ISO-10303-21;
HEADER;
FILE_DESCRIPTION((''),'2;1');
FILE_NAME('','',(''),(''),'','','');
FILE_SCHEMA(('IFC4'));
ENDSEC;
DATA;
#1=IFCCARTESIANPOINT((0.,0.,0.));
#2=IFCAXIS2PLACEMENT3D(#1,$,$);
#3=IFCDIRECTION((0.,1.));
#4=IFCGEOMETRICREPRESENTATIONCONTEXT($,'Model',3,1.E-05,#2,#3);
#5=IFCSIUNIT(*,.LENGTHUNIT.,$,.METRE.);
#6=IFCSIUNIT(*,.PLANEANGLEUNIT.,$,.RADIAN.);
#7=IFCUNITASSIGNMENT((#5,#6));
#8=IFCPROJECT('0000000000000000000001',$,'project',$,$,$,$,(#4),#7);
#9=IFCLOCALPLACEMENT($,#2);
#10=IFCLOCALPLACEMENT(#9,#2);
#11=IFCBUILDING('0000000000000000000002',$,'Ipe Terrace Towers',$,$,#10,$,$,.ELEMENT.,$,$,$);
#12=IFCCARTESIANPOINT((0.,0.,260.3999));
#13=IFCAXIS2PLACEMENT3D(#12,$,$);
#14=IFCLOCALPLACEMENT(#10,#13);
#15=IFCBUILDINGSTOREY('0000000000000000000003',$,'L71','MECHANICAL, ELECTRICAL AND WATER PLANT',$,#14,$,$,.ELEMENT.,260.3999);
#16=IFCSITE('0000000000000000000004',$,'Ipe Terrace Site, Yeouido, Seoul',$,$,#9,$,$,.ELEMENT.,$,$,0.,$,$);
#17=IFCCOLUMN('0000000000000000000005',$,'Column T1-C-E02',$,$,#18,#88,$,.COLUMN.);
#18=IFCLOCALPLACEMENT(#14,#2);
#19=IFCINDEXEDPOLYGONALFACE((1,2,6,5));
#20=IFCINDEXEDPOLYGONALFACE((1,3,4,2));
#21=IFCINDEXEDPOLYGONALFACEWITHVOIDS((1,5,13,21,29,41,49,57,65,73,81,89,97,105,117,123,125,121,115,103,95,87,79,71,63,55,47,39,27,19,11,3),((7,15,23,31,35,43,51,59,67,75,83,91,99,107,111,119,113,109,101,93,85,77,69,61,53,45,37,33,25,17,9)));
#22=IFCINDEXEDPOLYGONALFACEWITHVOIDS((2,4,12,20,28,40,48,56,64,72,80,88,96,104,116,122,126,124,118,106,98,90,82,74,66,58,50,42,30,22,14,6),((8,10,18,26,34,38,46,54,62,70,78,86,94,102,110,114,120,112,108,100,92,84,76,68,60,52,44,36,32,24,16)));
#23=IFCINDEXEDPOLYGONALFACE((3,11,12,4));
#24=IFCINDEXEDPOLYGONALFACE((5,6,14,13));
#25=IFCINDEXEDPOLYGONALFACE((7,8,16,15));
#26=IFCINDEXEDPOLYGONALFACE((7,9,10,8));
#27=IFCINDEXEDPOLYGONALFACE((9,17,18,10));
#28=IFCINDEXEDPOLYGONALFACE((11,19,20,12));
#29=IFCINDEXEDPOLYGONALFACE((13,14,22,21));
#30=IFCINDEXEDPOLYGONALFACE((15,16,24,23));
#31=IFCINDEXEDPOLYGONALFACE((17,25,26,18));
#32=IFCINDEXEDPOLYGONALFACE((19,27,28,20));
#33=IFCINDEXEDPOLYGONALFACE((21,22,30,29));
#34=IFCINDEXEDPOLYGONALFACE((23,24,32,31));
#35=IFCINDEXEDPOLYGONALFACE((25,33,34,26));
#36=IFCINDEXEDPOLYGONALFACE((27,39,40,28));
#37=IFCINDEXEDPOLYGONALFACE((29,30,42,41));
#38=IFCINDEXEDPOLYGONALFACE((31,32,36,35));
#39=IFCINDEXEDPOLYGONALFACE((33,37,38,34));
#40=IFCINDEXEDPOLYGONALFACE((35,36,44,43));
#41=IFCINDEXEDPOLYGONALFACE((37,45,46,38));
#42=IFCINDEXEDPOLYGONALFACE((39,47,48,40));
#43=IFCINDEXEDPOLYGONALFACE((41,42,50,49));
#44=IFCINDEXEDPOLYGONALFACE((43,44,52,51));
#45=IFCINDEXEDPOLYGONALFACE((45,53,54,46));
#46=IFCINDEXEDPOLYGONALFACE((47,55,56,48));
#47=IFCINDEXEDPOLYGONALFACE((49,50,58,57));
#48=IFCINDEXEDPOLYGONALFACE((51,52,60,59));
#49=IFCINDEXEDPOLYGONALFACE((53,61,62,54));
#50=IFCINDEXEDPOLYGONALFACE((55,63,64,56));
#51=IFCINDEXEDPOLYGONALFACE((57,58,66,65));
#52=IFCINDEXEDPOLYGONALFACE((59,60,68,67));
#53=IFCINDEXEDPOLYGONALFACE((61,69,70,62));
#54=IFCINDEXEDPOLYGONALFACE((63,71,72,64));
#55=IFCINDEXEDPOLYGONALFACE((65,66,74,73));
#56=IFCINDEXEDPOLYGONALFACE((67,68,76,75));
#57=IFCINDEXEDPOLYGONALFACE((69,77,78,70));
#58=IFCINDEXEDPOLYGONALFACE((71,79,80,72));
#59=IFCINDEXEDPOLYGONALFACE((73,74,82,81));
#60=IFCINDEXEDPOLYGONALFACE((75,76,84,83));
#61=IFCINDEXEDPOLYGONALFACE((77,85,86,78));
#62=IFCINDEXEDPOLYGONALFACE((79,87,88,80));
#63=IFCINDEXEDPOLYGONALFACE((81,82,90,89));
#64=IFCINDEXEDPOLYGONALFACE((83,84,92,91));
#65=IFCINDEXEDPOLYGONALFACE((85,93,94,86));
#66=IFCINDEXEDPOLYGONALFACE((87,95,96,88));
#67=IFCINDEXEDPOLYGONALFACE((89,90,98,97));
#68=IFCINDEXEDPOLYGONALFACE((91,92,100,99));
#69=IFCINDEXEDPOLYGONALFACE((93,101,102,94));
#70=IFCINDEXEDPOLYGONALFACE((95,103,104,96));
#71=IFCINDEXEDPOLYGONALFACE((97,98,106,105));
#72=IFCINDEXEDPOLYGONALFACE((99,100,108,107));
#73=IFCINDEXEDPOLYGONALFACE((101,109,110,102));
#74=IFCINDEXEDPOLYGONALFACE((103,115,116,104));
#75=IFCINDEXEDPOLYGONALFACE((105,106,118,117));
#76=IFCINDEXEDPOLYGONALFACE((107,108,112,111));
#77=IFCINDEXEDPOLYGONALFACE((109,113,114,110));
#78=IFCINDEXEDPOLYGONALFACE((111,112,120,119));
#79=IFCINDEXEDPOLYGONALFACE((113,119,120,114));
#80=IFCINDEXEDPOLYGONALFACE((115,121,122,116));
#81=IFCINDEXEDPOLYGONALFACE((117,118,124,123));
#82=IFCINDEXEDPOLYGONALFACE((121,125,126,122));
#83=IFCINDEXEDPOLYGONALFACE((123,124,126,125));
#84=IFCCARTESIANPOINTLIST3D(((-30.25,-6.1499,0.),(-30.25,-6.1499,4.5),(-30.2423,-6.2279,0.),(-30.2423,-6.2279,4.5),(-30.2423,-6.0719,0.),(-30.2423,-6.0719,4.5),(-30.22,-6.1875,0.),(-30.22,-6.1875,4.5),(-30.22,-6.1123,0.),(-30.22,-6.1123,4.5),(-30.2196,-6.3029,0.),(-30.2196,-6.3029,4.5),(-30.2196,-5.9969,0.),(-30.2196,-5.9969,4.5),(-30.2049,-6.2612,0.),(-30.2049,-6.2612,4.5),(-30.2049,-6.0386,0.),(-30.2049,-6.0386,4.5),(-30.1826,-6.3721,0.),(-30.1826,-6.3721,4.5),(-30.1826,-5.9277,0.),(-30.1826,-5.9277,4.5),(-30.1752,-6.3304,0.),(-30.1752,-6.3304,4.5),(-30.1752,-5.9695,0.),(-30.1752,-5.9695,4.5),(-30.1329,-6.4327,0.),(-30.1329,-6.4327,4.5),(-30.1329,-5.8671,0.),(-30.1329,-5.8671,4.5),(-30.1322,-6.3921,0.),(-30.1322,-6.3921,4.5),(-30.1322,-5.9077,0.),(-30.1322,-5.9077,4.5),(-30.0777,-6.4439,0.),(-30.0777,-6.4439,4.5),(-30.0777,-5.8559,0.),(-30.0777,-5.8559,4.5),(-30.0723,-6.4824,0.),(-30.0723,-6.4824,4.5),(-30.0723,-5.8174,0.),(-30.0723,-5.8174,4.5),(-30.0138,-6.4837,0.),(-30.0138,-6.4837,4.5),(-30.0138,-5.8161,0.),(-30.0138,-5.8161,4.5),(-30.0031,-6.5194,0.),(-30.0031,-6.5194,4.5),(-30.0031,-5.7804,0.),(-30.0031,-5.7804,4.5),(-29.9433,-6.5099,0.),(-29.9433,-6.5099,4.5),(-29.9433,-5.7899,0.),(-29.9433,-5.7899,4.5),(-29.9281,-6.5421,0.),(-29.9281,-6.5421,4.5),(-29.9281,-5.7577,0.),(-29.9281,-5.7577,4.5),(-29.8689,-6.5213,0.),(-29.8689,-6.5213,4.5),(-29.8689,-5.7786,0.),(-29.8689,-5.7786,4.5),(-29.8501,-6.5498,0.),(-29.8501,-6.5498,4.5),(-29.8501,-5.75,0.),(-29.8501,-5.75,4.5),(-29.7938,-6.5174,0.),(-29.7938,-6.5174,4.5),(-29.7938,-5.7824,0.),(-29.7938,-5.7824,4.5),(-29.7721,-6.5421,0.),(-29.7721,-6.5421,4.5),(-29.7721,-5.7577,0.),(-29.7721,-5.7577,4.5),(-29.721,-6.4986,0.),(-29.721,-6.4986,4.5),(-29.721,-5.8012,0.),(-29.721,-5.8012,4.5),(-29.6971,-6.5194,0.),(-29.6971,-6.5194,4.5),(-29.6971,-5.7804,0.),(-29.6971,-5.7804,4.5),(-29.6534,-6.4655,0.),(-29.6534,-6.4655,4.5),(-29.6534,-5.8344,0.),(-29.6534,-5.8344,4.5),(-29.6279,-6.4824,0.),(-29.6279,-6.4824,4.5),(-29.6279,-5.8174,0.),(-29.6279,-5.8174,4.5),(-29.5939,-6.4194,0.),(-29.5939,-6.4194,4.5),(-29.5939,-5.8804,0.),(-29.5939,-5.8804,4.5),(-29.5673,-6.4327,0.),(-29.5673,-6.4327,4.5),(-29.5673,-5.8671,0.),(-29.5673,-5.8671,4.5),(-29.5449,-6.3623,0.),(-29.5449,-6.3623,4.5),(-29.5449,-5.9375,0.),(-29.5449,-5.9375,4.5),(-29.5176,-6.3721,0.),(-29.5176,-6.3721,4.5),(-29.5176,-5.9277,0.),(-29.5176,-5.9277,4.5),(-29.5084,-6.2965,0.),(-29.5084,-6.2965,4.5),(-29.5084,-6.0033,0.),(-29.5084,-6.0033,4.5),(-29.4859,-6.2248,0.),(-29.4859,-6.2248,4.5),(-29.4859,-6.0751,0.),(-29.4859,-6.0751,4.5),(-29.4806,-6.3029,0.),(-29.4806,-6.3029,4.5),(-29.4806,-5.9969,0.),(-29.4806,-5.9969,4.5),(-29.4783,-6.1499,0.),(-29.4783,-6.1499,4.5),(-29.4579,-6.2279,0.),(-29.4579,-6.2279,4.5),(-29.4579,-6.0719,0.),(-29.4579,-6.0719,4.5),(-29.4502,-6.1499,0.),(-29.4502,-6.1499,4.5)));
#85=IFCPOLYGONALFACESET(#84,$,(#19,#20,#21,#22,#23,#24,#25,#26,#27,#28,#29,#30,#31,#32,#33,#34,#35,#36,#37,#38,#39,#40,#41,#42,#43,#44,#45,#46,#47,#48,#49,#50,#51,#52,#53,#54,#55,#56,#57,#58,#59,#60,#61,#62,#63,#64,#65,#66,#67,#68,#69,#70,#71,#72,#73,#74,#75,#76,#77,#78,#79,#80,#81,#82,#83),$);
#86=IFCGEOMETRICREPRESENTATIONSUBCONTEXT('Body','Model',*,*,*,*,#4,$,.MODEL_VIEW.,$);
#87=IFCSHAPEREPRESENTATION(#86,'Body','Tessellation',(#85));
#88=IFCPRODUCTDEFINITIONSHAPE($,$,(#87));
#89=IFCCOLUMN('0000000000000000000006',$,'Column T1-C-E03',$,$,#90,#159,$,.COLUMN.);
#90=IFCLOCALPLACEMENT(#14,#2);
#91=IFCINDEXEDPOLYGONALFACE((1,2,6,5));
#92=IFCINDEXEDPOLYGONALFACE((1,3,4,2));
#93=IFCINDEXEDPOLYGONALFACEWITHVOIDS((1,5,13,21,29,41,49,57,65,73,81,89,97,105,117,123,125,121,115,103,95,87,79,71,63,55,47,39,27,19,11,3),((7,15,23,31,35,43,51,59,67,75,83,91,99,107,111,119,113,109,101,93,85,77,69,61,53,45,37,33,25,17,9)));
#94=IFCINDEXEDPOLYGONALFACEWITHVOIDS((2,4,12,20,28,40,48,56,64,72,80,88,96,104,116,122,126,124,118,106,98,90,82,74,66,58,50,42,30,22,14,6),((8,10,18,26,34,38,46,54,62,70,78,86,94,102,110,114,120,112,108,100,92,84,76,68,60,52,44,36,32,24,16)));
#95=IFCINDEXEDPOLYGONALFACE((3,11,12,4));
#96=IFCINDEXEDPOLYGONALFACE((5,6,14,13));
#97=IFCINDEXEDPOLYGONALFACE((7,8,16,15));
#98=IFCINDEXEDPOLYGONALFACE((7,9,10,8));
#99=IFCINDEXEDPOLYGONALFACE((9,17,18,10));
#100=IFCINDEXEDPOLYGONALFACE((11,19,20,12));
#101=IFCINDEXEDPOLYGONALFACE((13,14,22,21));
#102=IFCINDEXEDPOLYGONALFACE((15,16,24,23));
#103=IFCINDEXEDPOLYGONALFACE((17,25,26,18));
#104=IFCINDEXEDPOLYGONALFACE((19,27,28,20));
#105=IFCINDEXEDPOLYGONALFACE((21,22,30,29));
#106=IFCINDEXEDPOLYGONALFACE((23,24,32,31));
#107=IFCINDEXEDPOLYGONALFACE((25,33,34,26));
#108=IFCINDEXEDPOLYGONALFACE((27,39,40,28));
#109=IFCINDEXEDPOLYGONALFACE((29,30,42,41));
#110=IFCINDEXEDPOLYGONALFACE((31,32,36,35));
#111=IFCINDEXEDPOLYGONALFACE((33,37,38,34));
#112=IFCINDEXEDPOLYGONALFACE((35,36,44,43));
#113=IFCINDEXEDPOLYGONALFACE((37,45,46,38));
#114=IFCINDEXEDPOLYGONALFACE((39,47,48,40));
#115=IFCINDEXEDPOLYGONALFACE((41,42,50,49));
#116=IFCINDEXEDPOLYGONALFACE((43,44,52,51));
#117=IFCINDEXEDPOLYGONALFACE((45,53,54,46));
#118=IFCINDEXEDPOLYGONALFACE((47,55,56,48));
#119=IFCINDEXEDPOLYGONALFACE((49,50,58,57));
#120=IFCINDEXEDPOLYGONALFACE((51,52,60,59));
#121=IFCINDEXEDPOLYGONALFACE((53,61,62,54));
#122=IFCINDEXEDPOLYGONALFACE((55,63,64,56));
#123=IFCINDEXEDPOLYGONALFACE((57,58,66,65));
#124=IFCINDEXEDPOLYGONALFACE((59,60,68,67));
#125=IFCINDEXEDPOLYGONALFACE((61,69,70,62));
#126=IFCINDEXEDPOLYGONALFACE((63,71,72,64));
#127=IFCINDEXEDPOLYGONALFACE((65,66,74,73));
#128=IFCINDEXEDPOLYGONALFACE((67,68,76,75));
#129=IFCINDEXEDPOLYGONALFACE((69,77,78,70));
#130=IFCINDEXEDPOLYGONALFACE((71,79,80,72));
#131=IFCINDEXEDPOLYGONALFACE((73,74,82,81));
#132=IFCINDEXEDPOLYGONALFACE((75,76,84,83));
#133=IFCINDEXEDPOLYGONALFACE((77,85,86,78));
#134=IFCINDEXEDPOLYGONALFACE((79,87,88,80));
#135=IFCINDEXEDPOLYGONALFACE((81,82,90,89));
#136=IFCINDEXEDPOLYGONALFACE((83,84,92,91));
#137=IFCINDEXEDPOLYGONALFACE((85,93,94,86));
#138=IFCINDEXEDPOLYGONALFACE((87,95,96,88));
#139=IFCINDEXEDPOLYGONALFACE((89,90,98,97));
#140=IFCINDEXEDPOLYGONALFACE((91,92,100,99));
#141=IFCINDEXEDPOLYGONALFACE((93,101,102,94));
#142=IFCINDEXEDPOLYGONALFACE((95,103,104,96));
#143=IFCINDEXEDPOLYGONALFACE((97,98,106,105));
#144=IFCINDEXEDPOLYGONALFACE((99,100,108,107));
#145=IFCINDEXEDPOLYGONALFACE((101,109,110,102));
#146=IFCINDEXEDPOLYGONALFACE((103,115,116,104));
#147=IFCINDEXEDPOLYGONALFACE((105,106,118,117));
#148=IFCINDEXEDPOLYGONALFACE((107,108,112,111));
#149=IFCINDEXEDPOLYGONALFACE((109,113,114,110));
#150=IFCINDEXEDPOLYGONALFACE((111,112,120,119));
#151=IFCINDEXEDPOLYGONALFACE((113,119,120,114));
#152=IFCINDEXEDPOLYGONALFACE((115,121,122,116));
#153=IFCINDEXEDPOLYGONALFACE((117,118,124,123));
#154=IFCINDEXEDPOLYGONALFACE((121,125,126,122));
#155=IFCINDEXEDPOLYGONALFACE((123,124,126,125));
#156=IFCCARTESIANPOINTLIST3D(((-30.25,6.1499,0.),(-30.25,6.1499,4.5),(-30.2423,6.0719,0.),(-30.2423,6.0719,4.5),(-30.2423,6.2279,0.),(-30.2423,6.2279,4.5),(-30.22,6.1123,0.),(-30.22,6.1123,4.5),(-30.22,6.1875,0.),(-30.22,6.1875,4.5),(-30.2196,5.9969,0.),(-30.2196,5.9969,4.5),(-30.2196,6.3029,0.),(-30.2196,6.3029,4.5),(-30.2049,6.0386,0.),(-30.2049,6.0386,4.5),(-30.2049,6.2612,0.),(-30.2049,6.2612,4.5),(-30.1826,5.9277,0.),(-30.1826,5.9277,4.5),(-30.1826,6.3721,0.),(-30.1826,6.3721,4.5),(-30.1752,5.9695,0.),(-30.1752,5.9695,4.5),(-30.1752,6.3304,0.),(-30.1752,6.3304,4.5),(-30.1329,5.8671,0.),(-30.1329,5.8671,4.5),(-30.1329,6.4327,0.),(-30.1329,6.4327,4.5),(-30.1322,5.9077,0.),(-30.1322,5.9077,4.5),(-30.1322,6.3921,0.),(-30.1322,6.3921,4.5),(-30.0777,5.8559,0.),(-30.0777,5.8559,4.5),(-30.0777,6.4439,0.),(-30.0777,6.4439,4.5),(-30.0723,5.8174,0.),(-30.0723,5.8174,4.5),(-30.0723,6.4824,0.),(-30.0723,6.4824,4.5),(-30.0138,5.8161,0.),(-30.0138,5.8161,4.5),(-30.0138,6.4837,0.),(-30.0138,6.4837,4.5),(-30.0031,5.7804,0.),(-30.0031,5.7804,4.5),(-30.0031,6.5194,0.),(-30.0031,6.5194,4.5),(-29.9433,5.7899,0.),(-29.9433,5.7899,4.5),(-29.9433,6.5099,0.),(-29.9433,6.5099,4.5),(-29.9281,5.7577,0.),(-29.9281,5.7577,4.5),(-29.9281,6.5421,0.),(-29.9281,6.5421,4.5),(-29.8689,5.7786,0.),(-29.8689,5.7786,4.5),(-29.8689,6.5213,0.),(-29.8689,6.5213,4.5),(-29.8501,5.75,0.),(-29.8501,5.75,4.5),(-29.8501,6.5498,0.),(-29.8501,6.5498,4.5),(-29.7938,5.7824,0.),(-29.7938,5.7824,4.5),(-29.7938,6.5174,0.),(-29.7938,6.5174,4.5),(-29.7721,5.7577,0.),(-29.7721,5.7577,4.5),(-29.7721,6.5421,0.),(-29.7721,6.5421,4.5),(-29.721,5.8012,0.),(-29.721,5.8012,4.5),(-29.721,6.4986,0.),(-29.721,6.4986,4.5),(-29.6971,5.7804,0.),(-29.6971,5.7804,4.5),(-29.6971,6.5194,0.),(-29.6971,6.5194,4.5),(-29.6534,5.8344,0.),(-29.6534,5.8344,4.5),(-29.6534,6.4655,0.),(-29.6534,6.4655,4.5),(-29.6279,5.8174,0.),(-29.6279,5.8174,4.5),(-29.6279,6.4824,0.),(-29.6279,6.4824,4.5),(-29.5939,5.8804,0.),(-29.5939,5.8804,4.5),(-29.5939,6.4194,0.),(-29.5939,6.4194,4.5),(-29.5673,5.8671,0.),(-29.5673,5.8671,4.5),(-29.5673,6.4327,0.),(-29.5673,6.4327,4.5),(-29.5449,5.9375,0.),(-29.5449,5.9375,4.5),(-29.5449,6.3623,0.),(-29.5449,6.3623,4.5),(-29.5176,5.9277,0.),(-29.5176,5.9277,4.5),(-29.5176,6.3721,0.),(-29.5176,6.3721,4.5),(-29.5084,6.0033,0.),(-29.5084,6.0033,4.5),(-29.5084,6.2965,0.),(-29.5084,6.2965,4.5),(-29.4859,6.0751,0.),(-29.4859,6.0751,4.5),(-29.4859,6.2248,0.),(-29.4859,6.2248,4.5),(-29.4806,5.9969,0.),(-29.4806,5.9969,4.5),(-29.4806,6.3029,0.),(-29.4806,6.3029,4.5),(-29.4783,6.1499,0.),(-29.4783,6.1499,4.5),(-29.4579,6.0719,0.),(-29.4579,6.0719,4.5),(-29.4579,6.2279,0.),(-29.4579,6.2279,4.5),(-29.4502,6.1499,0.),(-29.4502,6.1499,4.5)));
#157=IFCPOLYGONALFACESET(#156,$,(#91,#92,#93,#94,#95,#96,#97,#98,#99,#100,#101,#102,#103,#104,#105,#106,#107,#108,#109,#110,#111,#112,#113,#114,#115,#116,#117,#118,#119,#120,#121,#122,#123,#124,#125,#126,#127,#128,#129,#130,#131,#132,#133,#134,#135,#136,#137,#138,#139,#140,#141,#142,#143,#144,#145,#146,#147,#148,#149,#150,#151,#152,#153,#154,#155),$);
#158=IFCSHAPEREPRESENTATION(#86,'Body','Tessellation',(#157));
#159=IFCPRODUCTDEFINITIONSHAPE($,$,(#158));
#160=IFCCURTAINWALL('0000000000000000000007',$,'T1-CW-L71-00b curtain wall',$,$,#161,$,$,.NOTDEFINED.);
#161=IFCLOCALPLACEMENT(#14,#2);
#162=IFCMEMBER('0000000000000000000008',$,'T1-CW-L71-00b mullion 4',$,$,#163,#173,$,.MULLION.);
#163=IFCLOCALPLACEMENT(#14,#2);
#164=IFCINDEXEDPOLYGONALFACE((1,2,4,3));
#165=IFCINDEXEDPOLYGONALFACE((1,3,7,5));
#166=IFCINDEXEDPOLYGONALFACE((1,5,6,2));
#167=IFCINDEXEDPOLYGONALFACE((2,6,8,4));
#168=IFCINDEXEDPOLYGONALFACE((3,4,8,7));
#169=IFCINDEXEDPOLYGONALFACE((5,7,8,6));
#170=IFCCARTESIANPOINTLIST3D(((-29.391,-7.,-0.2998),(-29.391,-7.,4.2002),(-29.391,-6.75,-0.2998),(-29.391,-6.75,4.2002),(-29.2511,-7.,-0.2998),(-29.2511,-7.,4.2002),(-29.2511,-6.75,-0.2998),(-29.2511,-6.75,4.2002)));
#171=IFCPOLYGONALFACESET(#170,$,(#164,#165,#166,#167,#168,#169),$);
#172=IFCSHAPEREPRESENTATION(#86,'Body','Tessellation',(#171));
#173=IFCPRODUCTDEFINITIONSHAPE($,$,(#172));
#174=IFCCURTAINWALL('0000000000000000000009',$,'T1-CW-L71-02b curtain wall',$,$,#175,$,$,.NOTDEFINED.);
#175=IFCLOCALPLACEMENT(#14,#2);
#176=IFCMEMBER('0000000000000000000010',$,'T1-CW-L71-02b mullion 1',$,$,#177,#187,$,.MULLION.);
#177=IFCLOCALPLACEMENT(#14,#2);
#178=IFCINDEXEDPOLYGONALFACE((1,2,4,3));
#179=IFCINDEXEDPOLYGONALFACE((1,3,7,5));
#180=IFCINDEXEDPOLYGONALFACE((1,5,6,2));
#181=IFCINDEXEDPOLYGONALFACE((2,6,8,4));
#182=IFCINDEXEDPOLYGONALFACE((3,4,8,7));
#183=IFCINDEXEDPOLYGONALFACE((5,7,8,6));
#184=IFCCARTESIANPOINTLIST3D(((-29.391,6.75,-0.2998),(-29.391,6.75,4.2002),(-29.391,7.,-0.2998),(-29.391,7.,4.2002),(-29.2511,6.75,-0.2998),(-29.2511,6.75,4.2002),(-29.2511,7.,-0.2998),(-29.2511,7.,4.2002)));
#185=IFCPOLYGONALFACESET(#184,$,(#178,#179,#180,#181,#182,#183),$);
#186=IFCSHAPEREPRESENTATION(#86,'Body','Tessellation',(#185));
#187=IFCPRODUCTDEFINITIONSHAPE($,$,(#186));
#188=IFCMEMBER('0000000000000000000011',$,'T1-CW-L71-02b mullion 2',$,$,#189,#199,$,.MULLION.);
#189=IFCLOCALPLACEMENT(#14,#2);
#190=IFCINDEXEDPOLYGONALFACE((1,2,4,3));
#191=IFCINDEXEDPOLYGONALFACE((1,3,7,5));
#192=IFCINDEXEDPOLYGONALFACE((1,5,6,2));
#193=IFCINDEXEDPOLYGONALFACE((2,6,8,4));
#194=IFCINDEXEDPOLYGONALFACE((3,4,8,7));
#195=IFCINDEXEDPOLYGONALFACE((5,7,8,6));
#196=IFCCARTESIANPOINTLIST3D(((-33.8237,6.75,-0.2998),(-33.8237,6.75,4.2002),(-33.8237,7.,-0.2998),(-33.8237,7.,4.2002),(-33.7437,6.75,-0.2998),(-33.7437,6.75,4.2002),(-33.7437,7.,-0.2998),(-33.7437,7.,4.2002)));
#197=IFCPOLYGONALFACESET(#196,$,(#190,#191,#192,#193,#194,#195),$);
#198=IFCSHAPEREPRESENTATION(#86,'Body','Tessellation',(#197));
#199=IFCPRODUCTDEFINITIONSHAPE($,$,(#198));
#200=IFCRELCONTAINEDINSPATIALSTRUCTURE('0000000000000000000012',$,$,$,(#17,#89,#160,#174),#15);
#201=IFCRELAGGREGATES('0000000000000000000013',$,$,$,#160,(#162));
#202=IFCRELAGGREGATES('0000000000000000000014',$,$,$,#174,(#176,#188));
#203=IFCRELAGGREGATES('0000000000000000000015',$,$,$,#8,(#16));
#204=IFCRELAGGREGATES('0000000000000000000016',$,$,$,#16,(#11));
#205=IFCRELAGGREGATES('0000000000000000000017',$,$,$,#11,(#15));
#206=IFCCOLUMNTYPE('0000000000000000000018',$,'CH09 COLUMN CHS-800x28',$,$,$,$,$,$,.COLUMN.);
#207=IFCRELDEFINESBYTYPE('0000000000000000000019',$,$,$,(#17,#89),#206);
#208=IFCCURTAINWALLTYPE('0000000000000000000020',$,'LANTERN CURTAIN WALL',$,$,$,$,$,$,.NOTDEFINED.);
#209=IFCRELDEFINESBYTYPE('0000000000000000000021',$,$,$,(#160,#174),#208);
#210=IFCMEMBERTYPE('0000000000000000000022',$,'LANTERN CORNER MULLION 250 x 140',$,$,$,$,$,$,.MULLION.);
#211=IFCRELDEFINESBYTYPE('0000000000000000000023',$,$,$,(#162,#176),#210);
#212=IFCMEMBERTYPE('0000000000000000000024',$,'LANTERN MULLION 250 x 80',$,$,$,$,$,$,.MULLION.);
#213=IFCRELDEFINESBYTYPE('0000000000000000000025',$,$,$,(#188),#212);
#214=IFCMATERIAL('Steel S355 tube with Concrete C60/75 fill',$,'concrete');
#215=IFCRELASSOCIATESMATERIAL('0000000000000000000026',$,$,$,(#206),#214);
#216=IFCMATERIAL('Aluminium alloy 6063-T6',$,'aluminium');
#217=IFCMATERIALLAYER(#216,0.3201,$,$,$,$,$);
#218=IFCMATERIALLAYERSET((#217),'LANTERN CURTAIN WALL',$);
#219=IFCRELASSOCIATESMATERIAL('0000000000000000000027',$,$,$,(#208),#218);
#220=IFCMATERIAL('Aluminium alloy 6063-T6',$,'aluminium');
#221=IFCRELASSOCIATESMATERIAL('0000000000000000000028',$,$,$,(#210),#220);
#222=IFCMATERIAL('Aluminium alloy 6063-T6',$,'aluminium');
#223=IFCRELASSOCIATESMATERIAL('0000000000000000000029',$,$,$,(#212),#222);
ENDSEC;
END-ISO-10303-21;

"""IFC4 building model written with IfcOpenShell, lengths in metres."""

from ifc_helpers import new_model, si_unit, direction, frame, origin, origin_2d, place, context, subcontext, project, spatial, rectangle, hollow_circle, extrude, material, layer, layer_set, material_profile, profile_set, type_object, element, aggregate, save


model = new_model("IFC4")

# Units and contexts
model_context = context("Model", 3, precision=1e-05, world=origin(), true_north=direction((0.0, 1.0)))
body_context = subcontext(model_context, "Body", "Model", "MODEL_VIEW")
ifc_project = project(units=[si_unit("LENGTHUNIT", "METRE"), si_unit("PLANEANGLEUNIT", "RADIAN")], contexts=[model_context])

# Site, building, storey
site_placement = place(None, origin())
site = spatial("IfcSite", under=ifc_project, at=site_placement, Name="Ipe Terrace Site, Yeouido, Seoul", CompositionType="ELEMENT", RefElevation=0.0)
building_placement = place(site_placement, origin())
building = spatial("IfcBuilding", under=site, at=building_placement, Name="Ipe Terrace Towers", CompositionType="ELEMENT")
storey_placement = place(building_placement, frame((0.0, 0.0, 260.3999)))
storey = spatial("IfcBuildingStorey", under=building, at=storey_placement, Name="L71", Description="MECHANICAL, ELECTRICAL AND WATER PLANT", CompositionType="ELEMENT", Elevation=260.3999)

# Columns
ifc_material_1 = material(Name="Steel S355 tube with Concrete C60/75 fill", Category="concrete")
ifc_material_profile_1 = material_profile(ifc_material_1, hollow_circle(Radius=0.3999, WallThickness=0.0281, at=origin_2d()), Name="CHS-800x28")
ifc_profile_set_1 = profile_set([ifc_material_profile_1], Name="Steel S355 tube with Concrete C60/75 fill")
column_type = type_object("IfcColumnType", Name="CH09 COLUMN CHS-800x28", PredefinedType="COLUMN", material=ifc_profile_set_1)
for number, where, z_axis, x_axis, name in (
    (1, (-29.8501, -6.1499, 0.0), (0.0, 0.0, 1.0), (1.0, 0.0, 0.0), "Column T1-C-E02"),
    (2, (-29.8501, 6.1499, 0.0), (0.0, 0.0, 1.0), (1.0, 0.0, 0.0), "Column T1-C-E03"),
):
    element("IfcColumn", number, at=place(storey_placement, frame(where, z_axis=z_axis, x_axis=x_axis)), inside=storey, type_object=column_type, Name=name, PredefinedType="COLUMN", context=body_context, shape_type="SweptSolid", body=[
        extrude(hollow_circle(Radius=0.3999, WallThickness=0.0281, at=origin_2d()), origin(), (0.0, 0.0, 1.0), 4.5),
    ])

# Curtain wall, member
ifc_material_2 = material(Name="Aluminium alloy 6063-T6", Category="aluminium")
ifc_layer_1 = layer(ifc_material_2, 0.3201)
ifc_layer_set_1 = layer_set([ifc_layer_1], Name="LANTERN CURTAIN WALL")
curtain_wall_type = type_object("IfcCurtainWallType", Name="LANTERN CURTAIN WALL", PredefinedType="NOTDEFINED", material=ifc_layer_set_1)
curtain_wall_1_placement = place(storey_placement, origin())
curtain_wall_1 = element("IfcCurtainWall", 3, at=curtain_wall_1_placement, inside=storey, type_object=curtain_wall_type, Name="T1-CW-L71-00b curtain wall", PredefinedType="NOTDEFINED")
ifc_material_3 = material(Name="Aluminium alloy 6063-T6", Category="aluminium")
ifc_material_profile_2 = material_profile(ifc_material_3, rectangle(XDim=0.25, YDim=0.1399, at=origin_2d()), Name="LANTERN CORNER MULLION 250 x 140")
ifc_profile_set_2 = profile_set([ifc_material_profile_2], Name="Aluminium alloy 6063-T6")
member_type_1 = type_object("IfcMemberType", Name="LANTERN CORNER MULLION 250 x 140", PredefinedType="MULLION", material=ifc_profile_set_2)
member_1_placement = place(storey_placement, frame((-29.321, -6.875, -0.2998), z_axis=(0.0, 0.0, 1.0), x_axis=(0.0, -1.0, 0.0)))
member_1 = element("IfcMember", 4, at=member_1_placement, type_object=member_type_1, Name="T1-CW-L71-00b mullion 4", PredefinedType="MULLION", context=body_context, shape_type="SweptSolid", body=[
    extrude(rectangle(XDim=0.25, YDim=0.1399, at=origin_2d()), origin(), (0.0, 0.0, 1.0), 4.5),
])

# Curtain wall, members
curtain_wall_2_placement = place(storey_placement, origin())
curtain_wall_2 = element("IfcCurtainWall", 5, at=curtain_wall_2_placement, inside=storey, type_object=curtain_wall_type, Name="T1-CW-L71-02b curtain wall", PredefinedType="NOTDEFINED")
member_2_placement = place(storey_placement, frame((-29.321, 6.875, -0.2998), z_axis=(0.0, 0.0, 1.0), x_axis=(0.0, 1.0, 0.0)))
member_2 = element("IfcMember", 6, at=member_2_placement, type_object=member_type_1, Name="T1-CW-L71-02b mullion 1", PredefinedType="MULLION", context=body_context, shape_type="SweptSolid", body=[
    extrude(rectangle(XDim=0.25, YDim=0.1399, at=origin_2d()), origin(), (0.0, 0.0, 1.0), 4.5),
])
ifc_material_4 = material(Name="Aluminium alloy 6063-T6", Category="aluminium")
ifc_material_profile_3 = material_profile(ifc_material_4, rectangle(XDim=0.25, YDim=0.0801, at=origin_2d()), Name="LANTERN MULLION 250 x 80")
ifc_profile_set_3 = profile_set([ifc_material_profile_3], Name="Aluminium alloy 6063-T6")
member_type_2 = type_object("IfcMemberType", Name="LANTERN MULLION 250 x 80", PredefinedType="MULLION", material=ifc_profile_set_3)
member_3_placement = place(storey_placement, frame((-33.7837, 6.875, -0.2998), z_axis=(0.0, 0.0, 1.0), x_axis=(0.0, 1.0, 0.0)))
member_3 = element("IfcMember", 7, at=member_3_placement, type_object=member_type_2, Name="T1-CW-L71-02b mullion 2", PredefinedType="MULLION", context=body_context, shape_type="SweptSolid", body=[
    extrude(rectangle(XDim=0.25, YDim=0.0801, at=origin_2d()), origin(), (0.0, 0.0, 1.0), 4.5),
])

aggregate(curtain_wall_1, [member_1])
aggregate(curtain_wall_2, [member_2, member_3])

save(model, "model.ifc")
